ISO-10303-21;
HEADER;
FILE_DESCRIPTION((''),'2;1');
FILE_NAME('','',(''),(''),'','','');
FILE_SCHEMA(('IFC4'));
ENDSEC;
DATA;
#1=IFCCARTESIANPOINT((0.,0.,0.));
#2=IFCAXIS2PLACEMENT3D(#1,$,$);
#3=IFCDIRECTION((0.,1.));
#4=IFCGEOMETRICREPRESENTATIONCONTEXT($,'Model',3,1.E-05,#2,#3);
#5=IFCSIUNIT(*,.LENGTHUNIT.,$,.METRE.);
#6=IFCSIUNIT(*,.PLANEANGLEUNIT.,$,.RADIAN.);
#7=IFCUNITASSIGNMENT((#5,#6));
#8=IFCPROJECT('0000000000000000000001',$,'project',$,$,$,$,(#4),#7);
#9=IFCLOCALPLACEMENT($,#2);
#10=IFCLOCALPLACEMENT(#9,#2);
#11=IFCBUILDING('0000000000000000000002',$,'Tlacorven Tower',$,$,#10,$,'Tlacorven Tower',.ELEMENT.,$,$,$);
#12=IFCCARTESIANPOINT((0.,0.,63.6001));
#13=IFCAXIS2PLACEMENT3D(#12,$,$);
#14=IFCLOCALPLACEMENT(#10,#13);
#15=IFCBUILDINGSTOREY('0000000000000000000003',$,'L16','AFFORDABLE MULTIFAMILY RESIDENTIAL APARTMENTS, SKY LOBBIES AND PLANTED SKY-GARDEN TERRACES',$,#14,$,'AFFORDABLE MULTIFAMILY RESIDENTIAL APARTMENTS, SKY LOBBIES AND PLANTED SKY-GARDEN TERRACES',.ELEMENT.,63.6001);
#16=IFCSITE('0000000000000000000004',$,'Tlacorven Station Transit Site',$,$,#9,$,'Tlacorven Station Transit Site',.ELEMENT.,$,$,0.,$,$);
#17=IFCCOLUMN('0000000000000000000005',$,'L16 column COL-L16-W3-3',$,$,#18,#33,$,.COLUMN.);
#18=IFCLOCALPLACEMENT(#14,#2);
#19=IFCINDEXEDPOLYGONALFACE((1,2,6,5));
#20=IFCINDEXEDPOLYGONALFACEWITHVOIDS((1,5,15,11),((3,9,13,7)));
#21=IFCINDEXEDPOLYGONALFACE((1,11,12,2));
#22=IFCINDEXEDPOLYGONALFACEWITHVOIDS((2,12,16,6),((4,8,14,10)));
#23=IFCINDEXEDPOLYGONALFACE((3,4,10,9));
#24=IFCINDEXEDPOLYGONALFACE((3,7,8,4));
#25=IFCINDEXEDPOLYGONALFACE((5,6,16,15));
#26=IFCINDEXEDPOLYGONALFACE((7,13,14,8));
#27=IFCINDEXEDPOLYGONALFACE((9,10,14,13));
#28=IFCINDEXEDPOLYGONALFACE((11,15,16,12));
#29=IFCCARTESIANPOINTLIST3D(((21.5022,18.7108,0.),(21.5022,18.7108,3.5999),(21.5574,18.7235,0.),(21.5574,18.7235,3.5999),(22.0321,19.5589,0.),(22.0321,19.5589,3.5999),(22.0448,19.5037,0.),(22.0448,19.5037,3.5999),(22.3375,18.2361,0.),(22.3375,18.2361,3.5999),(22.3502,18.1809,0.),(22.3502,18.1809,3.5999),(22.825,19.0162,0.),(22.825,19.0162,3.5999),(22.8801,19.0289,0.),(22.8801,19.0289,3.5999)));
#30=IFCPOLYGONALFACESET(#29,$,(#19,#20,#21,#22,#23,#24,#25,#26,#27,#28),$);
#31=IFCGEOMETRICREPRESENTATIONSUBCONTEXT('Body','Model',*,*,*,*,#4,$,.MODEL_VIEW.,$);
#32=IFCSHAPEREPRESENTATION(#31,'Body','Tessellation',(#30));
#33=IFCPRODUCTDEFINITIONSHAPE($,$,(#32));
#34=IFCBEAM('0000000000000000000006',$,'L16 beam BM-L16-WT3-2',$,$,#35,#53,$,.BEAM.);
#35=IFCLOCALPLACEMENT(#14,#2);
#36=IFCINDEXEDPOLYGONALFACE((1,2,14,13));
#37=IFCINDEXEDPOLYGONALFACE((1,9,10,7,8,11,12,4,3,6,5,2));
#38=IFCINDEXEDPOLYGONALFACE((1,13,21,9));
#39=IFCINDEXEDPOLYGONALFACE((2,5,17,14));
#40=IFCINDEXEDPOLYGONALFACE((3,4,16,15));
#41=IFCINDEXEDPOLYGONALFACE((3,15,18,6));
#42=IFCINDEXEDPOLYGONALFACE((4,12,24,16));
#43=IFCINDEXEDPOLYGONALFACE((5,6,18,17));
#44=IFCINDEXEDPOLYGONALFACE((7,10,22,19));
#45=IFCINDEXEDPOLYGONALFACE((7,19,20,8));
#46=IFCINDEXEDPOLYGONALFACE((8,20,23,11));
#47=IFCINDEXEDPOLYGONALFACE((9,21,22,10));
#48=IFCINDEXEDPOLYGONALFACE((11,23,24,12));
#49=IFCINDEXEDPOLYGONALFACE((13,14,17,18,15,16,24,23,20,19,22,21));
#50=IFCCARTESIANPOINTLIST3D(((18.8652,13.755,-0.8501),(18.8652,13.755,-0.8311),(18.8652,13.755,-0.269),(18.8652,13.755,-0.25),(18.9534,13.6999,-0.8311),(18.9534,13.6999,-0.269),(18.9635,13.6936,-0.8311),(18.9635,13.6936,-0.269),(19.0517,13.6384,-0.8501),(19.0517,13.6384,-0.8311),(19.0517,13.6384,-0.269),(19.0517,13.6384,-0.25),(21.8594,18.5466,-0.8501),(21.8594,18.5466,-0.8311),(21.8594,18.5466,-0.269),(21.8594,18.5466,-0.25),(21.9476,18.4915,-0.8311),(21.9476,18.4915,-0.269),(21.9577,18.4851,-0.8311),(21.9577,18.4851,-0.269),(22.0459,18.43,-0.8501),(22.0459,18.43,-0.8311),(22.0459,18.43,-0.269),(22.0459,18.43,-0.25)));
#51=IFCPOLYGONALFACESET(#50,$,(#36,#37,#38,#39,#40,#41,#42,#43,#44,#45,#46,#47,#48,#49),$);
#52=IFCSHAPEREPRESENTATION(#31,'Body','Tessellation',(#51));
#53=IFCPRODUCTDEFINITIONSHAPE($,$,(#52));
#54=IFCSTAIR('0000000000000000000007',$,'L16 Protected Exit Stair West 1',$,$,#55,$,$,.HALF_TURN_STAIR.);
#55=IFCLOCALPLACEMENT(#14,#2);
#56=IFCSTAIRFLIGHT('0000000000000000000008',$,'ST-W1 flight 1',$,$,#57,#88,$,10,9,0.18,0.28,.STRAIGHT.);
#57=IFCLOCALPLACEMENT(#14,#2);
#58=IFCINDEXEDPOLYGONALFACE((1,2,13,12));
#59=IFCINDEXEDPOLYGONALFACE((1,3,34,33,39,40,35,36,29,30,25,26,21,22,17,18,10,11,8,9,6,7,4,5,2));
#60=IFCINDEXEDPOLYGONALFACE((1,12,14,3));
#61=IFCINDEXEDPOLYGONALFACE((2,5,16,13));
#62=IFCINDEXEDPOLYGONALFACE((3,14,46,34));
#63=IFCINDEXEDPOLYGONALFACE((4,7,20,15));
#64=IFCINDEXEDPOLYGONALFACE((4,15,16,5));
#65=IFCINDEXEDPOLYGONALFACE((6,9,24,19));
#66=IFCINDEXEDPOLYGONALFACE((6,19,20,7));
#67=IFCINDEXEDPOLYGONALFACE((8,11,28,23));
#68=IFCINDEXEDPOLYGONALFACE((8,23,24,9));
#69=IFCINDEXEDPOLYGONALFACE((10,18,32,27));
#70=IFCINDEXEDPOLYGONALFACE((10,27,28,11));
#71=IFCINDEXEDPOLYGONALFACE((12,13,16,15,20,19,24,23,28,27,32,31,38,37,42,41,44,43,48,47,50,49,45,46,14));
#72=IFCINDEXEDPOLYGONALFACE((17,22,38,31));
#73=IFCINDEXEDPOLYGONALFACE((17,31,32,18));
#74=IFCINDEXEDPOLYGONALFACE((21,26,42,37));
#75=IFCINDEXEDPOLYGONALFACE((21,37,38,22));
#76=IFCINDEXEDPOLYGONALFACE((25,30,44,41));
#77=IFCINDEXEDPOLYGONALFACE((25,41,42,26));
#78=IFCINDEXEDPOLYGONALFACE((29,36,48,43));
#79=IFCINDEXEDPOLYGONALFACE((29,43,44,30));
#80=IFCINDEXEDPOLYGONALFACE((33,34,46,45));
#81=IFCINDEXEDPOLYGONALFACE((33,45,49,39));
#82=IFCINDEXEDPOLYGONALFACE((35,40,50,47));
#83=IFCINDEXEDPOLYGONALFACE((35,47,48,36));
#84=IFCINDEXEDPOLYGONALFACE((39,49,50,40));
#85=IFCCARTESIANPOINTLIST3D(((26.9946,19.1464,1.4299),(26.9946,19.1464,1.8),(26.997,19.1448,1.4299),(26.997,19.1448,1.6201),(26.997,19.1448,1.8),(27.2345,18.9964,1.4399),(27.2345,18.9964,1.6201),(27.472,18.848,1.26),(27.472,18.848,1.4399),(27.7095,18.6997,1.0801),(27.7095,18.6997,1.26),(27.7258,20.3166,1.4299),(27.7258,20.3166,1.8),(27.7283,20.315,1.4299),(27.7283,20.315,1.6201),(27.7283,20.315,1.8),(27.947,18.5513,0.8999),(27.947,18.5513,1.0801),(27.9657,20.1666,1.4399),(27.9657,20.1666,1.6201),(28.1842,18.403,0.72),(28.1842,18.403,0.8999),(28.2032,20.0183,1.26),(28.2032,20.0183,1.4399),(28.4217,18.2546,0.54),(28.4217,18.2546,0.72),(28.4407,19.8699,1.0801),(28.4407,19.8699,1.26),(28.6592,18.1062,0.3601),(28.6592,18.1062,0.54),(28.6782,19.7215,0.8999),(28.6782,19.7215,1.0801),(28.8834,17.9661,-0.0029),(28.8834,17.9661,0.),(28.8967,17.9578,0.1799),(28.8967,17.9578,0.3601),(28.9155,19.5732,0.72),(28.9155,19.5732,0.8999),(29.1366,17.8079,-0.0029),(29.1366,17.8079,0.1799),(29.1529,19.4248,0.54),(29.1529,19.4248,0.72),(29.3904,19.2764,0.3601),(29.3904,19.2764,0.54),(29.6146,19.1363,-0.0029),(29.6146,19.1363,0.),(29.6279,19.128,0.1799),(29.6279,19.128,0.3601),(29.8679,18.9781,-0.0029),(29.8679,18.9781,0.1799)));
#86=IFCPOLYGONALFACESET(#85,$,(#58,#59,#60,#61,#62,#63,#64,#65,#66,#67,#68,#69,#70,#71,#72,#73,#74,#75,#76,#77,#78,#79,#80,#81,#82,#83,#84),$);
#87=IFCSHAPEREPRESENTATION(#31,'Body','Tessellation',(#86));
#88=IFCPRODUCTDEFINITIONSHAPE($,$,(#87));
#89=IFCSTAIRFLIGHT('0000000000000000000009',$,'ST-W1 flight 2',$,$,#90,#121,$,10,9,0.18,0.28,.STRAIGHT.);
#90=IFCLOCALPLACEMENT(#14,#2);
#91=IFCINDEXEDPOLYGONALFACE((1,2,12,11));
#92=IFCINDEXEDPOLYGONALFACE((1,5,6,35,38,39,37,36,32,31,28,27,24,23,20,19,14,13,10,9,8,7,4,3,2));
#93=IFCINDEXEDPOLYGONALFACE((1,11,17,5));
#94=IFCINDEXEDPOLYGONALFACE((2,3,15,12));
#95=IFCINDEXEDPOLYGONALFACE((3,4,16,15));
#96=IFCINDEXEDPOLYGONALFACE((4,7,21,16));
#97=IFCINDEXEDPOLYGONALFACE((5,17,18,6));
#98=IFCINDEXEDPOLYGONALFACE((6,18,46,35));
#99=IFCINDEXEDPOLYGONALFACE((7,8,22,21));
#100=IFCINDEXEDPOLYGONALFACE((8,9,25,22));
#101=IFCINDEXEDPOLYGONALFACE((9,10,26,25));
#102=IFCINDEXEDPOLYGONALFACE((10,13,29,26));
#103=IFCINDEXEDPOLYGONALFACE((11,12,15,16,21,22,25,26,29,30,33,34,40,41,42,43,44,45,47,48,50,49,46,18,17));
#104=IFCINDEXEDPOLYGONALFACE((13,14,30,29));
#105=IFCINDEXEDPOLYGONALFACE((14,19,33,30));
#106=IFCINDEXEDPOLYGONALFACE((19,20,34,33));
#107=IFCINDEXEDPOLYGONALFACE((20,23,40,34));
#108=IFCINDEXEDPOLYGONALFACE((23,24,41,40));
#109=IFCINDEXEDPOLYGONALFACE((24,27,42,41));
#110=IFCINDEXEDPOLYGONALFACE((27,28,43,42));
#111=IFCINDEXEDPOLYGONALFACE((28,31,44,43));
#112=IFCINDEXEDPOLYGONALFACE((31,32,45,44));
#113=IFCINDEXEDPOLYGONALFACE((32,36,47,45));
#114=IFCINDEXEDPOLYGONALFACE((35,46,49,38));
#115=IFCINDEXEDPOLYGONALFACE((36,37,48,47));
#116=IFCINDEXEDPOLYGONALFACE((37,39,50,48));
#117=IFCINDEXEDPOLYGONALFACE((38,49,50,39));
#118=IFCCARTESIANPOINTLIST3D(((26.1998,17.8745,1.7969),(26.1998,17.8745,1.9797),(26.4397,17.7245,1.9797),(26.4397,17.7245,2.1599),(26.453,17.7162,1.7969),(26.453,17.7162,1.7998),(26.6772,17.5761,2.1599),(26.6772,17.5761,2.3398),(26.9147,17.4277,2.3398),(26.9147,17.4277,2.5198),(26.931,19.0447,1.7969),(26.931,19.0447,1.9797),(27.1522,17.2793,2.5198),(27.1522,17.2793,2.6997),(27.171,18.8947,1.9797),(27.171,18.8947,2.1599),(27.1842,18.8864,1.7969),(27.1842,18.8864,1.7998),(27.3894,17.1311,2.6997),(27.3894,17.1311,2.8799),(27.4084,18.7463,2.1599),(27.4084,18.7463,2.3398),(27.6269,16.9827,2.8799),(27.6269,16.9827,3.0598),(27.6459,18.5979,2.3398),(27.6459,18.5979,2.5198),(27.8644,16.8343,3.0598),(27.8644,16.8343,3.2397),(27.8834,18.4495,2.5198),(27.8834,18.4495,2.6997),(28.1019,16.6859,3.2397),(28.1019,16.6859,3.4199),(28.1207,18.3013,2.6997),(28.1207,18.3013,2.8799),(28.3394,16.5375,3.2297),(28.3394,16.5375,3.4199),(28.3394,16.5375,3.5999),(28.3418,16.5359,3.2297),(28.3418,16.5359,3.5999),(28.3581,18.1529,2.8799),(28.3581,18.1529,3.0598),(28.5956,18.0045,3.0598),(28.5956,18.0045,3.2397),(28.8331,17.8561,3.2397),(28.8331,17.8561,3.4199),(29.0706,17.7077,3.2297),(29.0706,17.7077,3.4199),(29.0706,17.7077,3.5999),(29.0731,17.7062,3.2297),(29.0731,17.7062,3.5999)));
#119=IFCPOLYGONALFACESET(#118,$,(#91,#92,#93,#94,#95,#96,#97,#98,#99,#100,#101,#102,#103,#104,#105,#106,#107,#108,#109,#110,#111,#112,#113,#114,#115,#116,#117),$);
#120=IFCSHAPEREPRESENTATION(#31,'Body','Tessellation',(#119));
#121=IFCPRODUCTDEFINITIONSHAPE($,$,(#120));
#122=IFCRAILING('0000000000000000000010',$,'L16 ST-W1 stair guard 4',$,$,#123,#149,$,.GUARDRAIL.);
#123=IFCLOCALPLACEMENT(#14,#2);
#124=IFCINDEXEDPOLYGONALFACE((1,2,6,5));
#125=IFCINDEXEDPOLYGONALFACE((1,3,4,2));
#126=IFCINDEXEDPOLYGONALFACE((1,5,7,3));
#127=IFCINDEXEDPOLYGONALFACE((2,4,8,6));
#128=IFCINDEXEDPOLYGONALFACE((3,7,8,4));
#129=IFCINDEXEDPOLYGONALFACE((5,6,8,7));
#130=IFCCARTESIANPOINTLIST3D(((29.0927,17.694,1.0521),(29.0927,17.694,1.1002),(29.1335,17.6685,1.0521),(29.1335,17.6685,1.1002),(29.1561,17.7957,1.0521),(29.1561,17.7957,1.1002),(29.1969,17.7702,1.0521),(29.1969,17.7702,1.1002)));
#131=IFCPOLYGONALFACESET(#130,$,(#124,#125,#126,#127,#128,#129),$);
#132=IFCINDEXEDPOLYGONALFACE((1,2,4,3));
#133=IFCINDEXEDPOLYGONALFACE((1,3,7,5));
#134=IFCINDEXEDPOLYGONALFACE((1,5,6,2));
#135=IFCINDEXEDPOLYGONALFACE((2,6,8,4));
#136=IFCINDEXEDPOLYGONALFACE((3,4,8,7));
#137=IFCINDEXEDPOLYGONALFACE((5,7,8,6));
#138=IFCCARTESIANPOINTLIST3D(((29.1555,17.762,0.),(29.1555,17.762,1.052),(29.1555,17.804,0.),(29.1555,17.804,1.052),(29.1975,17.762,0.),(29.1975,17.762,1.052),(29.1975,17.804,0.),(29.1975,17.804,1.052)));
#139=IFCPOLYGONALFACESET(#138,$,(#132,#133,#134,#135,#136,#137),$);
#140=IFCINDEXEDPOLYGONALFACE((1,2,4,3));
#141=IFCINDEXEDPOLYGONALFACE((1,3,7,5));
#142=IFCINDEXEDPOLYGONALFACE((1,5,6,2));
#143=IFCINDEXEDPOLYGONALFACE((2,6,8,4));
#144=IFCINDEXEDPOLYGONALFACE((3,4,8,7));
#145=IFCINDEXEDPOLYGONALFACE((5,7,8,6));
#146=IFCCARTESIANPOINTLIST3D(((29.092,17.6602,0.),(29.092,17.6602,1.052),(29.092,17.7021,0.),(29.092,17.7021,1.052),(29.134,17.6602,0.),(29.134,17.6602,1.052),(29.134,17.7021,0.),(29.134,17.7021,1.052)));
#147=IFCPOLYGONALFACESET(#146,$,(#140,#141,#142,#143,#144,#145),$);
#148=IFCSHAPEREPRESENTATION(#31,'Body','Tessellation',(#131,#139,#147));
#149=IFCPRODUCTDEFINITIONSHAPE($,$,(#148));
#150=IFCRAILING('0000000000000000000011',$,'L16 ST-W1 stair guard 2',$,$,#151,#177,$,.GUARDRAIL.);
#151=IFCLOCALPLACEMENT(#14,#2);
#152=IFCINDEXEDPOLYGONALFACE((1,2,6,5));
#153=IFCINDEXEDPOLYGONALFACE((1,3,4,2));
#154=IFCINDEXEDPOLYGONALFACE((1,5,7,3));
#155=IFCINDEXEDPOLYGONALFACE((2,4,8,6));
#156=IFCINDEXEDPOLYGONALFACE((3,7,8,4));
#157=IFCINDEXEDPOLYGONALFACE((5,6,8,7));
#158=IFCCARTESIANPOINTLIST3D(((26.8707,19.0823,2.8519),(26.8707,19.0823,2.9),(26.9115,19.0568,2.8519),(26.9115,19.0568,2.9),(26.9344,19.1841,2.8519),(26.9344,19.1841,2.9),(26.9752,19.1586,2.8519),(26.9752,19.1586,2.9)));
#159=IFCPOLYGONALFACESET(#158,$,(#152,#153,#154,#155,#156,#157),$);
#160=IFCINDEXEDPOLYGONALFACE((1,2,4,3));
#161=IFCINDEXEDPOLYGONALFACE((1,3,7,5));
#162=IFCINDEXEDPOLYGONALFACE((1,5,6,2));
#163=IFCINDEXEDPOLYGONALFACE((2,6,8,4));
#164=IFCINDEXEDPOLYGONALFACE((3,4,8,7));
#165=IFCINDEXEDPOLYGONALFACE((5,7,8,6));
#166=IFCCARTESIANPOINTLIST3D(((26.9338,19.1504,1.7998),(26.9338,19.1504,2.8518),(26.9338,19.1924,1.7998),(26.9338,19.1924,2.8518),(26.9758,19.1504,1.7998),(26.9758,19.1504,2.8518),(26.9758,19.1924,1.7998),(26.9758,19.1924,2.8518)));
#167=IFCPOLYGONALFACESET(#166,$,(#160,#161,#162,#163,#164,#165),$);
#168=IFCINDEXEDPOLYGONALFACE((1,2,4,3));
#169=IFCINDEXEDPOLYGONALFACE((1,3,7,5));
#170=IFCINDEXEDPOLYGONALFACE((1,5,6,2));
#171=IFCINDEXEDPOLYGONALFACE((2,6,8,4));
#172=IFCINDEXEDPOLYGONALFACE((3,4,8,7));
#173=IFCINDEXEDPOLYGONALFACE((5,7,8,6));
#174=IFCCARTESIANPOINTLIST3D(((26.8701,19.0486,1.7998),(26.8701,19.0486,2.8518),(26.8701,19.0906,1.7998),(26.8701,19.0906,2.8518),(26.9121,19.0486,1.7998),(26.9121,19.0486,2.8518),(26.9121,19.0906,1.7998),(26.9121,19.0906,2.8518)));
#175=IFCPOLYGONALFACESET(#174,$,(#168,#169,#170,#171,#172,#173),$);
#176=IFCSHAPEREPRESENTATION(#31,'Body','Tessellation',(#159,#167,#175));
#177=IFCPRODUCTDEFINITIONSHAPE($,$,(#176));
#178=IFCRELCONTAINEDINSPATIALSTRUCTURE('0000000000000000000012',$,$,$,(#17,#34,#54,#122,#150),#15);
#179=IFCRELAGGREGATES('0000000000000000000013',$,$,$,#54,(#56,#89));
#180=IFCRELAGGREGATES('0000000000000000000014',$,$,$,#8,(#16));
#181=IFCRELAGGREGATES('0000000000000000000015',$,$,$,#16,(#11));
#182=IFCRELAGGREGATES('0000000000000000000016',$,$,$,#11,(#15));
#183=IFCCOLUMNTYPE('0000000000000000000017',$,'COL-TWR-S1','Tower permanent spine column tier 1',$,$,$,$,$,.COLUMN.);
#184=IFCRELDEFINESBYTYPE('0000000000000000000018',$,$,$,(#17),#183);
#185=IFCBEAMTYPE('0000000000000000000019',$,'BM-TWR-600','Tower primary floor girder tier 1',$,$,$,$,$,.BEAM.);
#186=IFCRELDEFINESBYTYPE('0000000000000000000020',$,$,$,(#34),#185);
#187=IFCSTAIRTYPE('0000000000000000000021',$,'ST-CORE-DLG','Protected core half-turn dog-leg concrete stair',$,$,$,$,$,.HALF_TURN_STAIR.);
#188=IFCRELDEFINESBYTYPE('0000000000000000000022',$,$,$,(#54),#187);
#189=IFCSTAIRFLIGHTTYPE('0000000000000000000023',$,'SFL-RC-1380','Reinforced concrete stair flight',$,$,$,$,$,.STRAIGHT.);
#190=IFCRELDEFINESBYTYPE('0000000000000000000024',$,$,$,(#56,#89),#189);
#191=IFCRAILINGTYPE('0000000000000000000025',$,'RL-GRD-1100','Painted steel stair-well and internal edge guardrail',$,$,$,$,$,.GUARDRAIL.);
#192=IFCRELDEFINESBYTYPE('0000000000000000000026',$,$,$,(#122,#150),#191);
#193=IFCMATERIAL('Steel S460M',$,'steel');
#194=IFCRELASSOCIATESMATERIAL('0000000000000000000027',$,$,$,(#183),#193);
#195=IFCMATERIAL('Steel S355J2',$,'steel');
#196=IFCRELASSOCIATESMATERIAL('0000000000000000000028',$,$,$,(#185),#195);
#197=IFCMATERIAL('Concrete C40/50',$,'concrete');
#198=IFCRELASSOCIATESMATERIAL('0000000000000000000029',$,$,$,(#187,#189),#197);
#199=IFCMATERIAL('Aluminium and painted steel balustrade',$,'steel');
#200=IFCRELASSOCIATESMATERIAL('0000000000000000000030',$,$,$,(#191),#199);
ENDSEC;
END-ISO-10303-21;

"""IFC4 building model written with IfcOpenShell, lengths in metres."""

from ifc_helpers import new_model, si_unit, direction, frame, origin, origin_2d, place, context, subcontext, project, spatial, polyline, rectangle, hollow_rectangle, i_section, outline, extrude, source, transform, mapped, material, material_profile, profile_set, type_object, element, aggregate, save


model = new_model("IFC4")

# Units and contexts
model_context = context("Model", 3, precision=1e-05, world=origin(), true_north=direction((0.0, 1.0)))
body_context = subcontext(model_context, "Body", "Model", "MODEL_VIEW")
ifc_project = project(units=[si_unit("LENGTHUNIT", "METRE"), si_unit("PLANEANGLEUNIT", "RADIAN")], contexts=[model_context])

# Site, building, storey
site_placement = place(None, origin())
site = spatial("IfcSite", under=ifc_project, at=site_placement, Name="Tlacorven Station Transit Site", LongName="Tlacorven Station Transit Site", CompositionType="ELEMENT", RefElevation=0.0)
building_placement = place(site_placement, origin())
building = spatial("IfcBuilding", under=site, at=building_placement, Name="Tlacorven Tower", LongName="Tlacorven Tower", CompositionType="ELEMENT")
storey_placement = place(building_placement, frame((0.0, 0.0, 63.6001)))
storey = spatial("IfcBuildingStorey", under=building, at=storey_placement, Name="L16", Description="AFFORDABLE MULTIFAMILY RESIDENTIAL APARTMENTS, SKY LOBBIES AND PLANTED SKY-GARDEN TERRACES", LongName="AFFORDABLE MULTIFAMILY RESIDENTIAL APARTMENTS, SKY LOBBIES AND PLANTED SKY-GARDEN TERRACES", CompositionType="ELEMENT", Elevation=63.6001)

# Column
ifc_material_1 = material(Name="Steel S460M", Category="steel")
ifc_material_profile_1 = material_profile(ifc_material_1, hollow_rectangle(XDim=1.0, YDim=1.0, WallThickness=0.04, at=origin_2d()), Name="BOX 1000X1000X40")
ifc_profile_set_1 = profile_set([ifc_material_profile_1], Name="Steel S460M")
column_type = type_object("IfcColumnType", Name="COL-TWR-S1", Description="Tower permanent spine column tier 1", PredefinedType="COLUMN", material=ifc_profile_set_1)
shared_shape_1 = source(origin(), body_context, "Body", "SweptSolid", [
    extrude(hollow_rectangle(XDim=1.0, YDim=1.0, WallThickness=0.04, at=origin_2d()), origin(), (0.0, 0.0, 1.0), 3.5999),
])
column_placement = place(storey_placement, frame((22.1912, 18.8699, 0.0), z_axis=(0.0, 0.0, 1.0), x_axis=(-0.848048, 0.529919, 0.0)))
element("IfcColumn", 1, at=column_placement, inside=storey, type_object=column_type, Name="L16 column COL-L16-W3-3", PredefinedType="COLUMN", context=body_context, shape_type="MappedRepresentation", body=[
    mapped(shared_shape_1, transform((0.0, 0.0, 0.0), scale=1.0)),
])

# Beam
ifc_material_2 = material(Name="Steel S355J2", Category="steel")
ifc_material_profile_2 = material_profile(ifc_material_2, i_section(OverallWidth=0.22, OverallDepth=0.6001, WebThickness=0.012, FlangeThickness=0.019, at=origin_2d()), Name="IPE 600")
ifc_profile_set_2 = profile_set([ifc_material_profile_2], Name="Steel S355J2")
beam_type = type_object("IfcBeamType", Name="BM-TWR-600", Description="Tower primary floor girder tier 1", PredefinedType="BEAM", material=ifc_profile_set_2)
shared_shape_2 = source(origin(), body_context, "Body", "SweptSolid", [
    extrude(i_section(OverallWidth=0.22, OverallDepth=0.6001, WebThickness=0.012, FlangeThickness=0.019, at=origin_2d()), origin(), (0.0, 0.0, 1.0), 5.6501),
])
beam_placement = place(storey_placement, frame((21.9526, 18.4883, -0.55), z_axis=(-0.529929, -0.848042, 0.0), x_axis=(0.848042, -0.529929, 0.0)))
element("IfcBeam", 2, at=beam_placement, inside=storey, type_object=beam_type, Name="L16 beam BM-L16-WT3-2", PredefinedType="BEAM", context=body_context, shape_type="MappedRepresentation", body=[
    mapped(shared_shape_2, transform((0.0, 0.0, 0.0), scale=1.0)),
])

# Stair, stair flights
ifc_material_3 = material(Name="Concrete C40/50", Category="concrete")
stair_type = type_object("IfcStairType", Name="ST-CORE-DLG", Description="Protected core half-turn dog-leg concrete stair", PredefinedType="HALF_TURN_STAIR", material=ifc_material_3)
stair_placement = place(storey_placement, origin())
stair = element("IfcStair", 3, at=stair_placement, inside=storey, type_object=stair_type, Name="L16 Protected Exit Stair West 1", PredefinedType="HALF_TURN_STAIR")
stair_flight_type = type_object("IfcStairFlightType", Name="SFL-RC-1380", Description="Reinforced concrete stair flight", PredefinedType="STRAIGHT", material=ifc_material_3)
shared_shape_3 = source(origin(), body_context, "Body", "SweptSolid", [
    extrude(outline(polyline([(-0.0029, -0.0029), (-0.0029, 0.1799), (0.28, 0.1799), (0.28, 0.3601), (0.5601, 0.3601), (0.5601, 0.54), (0.8401, 0.54), (0.8401, 0.72), (1.1201, 0.72), (1.1201, 0.8999), (1.3999, 0.8999), (1.3999, 1.0801), (1.6799, 1.0801), (1.6799, 1.26), (1.96, 1.26), (1.96, 1.4399), (2.24, 1.4399), (2.24, 1.6201), (2.52, 1.6201), (2.52, 1.8), (2.5229, 1.8), (2.5229, 1.4299), (2.52, 1.4299), (0.2957, 0.0), (0.2957, -0.0029), (-0.0029, -0.0029)])), frame((0.0, 0.6899, 0.0), z_axis=(0.0, -1.0, 0.0), x_axis=(1.0, 0.0, 0.0)), (0.0, 0.0, 1.0), 1.3799),
])
stair_flight_1_placement = place(storey_placement, frame((29.4998, 18.3945, 0.0), z_axis=(0.0, 0.0, 1.0), x_axis=(-0.848048, 0.529919, 0.0)))
stair_flight_1 = element("IfcStairFlight", 4, at=stair_flight_1_placement, type_object=stair_flight_type, Name="ST-W1 flight 1", NumberOfRisers=10, NumberOfTreads=9, PredefinedType="STRAIGHT", RiserHeight=0.18, TreadLength=0.28, context=body_context, shape_type="MappedRepresentation", body=[
    mapped(shared_shape_3, transform((0.0, 0.0, 0.0), scale=1.0)),
])
stair_flight_2_placement = place(storey_placement, frame((26.5679, 18.458, 1.7998), z_axis=(0.0, 0.0, 1.0), x_axis=(0.848048, -0.529919, 0.0)))
stair_flight_2 = element("IfcStairFlight", 5, at=stair_flight_2_placement, type_object=stair_flight_type, Name="ST-W1 flight 2", NumberOfRisers=10, NumberOfTreads=9, PredefinedType="STRAIGHT", RiserHeight=0.18, TreadLength=0.28, context=body_context, shape_type="MappedRepresentation", body=[
    mapped(shared_shape_3, transform((0.0, 0.0, 0.0), scale=1.0)),
])
aggregate(stair, [stair_flight_1, stair_flight_2])

# Railings
ifc_material_4 = material(Name="Aluminium and painted steel balustrade", Category="steel")
railing_type_1 = type_object("IfcRailingType", Name="RL-GRD-1100", Description="Painted steel stair-well and internal edge guardrail", PredefinedType="GUARDRAIL", material=ifc_material_4)
shared_shape_4 = source(origin(), body_context, "Body", "SweptSolid", [
    extrude(rectangle(XDim=0.0481, YDim=0.0481, at=origin_2d()), frame((0.0, 0.0, 1.0762), z_axis=(-0.529084, -0.848569, 0.0), x_axis=(0.848569, -0.529084, 0.0)), (0.0, 0.0, 1.0), 0.1199),
    extrude(rectangle(XDim=0.042, YDim=0.042, at=origin_2d()), origin(), (0.0, 0.0, 1.0), 1.052),
    extrude(rectangle(XDim=0.042, YDim=0.042, at=origin_2d()), frame((-0.0635, -0.1018, 0.0)), (0.0, 0.0, 1.0), 1.052),
])
railing_1_placement = place(storey_placement, frame((29.1765, 17.783, 0.0)))
element("IfcRailing", 6, at=railing_1_placement, inside=storey, type_object=railing_type_1, Name="L16 ST-W1 stair guard 4", PredefinedType="GUARDRAIL", context=body_context, shape_type="MappedRepresentation", body=[
    mapped(shared_shape_4, transform((0.0, 0.0, 0.0), scale=1.0)),
])
shared_shape_5 = source(origin(), body_context, "Body", "SweptSolid", [
    extrude(rectangle(XDim=0.0481, YDim=0.0481, at=origin_2d()), frame((0.0, 0.0, 1.0762), z_axis=(-0.530547, -0.847656, 0.0), x_axis=(0.847656, -0.530547, 0.0)), (0.0, 0.0, 1.0), 0.1201),
    extrude(rectangle(XDim=0.042, YDim=0.042, at=origin_2d()), origin(), (0.0, 0.0, 1.0), 1.052),
    extrude(rectangle(XDim=0.042, YDim=0.042, at=origin_2d()), frame((-0.0637, -0.1018, 0.0)), (0.0, 0.0, 1.0), 1.052),
])
railing_2_placement = place(storey_placement, frame((26.9548, 19.1714, 1.7998)))
element("IfcRailing", 7, at=railing_2_placement, inside=storey, type_object=railing_type_1, Name="L16 ST-W1 stair guard 2", PredefinedType="GUARDRAIL", context=body_context, shape_type="MappedRepresentation", body=[
    mapped(shared_shape_5, transform((0.0, 0.0, 0.0), scale=1.0)),
])

save(model, "model.ifc")
